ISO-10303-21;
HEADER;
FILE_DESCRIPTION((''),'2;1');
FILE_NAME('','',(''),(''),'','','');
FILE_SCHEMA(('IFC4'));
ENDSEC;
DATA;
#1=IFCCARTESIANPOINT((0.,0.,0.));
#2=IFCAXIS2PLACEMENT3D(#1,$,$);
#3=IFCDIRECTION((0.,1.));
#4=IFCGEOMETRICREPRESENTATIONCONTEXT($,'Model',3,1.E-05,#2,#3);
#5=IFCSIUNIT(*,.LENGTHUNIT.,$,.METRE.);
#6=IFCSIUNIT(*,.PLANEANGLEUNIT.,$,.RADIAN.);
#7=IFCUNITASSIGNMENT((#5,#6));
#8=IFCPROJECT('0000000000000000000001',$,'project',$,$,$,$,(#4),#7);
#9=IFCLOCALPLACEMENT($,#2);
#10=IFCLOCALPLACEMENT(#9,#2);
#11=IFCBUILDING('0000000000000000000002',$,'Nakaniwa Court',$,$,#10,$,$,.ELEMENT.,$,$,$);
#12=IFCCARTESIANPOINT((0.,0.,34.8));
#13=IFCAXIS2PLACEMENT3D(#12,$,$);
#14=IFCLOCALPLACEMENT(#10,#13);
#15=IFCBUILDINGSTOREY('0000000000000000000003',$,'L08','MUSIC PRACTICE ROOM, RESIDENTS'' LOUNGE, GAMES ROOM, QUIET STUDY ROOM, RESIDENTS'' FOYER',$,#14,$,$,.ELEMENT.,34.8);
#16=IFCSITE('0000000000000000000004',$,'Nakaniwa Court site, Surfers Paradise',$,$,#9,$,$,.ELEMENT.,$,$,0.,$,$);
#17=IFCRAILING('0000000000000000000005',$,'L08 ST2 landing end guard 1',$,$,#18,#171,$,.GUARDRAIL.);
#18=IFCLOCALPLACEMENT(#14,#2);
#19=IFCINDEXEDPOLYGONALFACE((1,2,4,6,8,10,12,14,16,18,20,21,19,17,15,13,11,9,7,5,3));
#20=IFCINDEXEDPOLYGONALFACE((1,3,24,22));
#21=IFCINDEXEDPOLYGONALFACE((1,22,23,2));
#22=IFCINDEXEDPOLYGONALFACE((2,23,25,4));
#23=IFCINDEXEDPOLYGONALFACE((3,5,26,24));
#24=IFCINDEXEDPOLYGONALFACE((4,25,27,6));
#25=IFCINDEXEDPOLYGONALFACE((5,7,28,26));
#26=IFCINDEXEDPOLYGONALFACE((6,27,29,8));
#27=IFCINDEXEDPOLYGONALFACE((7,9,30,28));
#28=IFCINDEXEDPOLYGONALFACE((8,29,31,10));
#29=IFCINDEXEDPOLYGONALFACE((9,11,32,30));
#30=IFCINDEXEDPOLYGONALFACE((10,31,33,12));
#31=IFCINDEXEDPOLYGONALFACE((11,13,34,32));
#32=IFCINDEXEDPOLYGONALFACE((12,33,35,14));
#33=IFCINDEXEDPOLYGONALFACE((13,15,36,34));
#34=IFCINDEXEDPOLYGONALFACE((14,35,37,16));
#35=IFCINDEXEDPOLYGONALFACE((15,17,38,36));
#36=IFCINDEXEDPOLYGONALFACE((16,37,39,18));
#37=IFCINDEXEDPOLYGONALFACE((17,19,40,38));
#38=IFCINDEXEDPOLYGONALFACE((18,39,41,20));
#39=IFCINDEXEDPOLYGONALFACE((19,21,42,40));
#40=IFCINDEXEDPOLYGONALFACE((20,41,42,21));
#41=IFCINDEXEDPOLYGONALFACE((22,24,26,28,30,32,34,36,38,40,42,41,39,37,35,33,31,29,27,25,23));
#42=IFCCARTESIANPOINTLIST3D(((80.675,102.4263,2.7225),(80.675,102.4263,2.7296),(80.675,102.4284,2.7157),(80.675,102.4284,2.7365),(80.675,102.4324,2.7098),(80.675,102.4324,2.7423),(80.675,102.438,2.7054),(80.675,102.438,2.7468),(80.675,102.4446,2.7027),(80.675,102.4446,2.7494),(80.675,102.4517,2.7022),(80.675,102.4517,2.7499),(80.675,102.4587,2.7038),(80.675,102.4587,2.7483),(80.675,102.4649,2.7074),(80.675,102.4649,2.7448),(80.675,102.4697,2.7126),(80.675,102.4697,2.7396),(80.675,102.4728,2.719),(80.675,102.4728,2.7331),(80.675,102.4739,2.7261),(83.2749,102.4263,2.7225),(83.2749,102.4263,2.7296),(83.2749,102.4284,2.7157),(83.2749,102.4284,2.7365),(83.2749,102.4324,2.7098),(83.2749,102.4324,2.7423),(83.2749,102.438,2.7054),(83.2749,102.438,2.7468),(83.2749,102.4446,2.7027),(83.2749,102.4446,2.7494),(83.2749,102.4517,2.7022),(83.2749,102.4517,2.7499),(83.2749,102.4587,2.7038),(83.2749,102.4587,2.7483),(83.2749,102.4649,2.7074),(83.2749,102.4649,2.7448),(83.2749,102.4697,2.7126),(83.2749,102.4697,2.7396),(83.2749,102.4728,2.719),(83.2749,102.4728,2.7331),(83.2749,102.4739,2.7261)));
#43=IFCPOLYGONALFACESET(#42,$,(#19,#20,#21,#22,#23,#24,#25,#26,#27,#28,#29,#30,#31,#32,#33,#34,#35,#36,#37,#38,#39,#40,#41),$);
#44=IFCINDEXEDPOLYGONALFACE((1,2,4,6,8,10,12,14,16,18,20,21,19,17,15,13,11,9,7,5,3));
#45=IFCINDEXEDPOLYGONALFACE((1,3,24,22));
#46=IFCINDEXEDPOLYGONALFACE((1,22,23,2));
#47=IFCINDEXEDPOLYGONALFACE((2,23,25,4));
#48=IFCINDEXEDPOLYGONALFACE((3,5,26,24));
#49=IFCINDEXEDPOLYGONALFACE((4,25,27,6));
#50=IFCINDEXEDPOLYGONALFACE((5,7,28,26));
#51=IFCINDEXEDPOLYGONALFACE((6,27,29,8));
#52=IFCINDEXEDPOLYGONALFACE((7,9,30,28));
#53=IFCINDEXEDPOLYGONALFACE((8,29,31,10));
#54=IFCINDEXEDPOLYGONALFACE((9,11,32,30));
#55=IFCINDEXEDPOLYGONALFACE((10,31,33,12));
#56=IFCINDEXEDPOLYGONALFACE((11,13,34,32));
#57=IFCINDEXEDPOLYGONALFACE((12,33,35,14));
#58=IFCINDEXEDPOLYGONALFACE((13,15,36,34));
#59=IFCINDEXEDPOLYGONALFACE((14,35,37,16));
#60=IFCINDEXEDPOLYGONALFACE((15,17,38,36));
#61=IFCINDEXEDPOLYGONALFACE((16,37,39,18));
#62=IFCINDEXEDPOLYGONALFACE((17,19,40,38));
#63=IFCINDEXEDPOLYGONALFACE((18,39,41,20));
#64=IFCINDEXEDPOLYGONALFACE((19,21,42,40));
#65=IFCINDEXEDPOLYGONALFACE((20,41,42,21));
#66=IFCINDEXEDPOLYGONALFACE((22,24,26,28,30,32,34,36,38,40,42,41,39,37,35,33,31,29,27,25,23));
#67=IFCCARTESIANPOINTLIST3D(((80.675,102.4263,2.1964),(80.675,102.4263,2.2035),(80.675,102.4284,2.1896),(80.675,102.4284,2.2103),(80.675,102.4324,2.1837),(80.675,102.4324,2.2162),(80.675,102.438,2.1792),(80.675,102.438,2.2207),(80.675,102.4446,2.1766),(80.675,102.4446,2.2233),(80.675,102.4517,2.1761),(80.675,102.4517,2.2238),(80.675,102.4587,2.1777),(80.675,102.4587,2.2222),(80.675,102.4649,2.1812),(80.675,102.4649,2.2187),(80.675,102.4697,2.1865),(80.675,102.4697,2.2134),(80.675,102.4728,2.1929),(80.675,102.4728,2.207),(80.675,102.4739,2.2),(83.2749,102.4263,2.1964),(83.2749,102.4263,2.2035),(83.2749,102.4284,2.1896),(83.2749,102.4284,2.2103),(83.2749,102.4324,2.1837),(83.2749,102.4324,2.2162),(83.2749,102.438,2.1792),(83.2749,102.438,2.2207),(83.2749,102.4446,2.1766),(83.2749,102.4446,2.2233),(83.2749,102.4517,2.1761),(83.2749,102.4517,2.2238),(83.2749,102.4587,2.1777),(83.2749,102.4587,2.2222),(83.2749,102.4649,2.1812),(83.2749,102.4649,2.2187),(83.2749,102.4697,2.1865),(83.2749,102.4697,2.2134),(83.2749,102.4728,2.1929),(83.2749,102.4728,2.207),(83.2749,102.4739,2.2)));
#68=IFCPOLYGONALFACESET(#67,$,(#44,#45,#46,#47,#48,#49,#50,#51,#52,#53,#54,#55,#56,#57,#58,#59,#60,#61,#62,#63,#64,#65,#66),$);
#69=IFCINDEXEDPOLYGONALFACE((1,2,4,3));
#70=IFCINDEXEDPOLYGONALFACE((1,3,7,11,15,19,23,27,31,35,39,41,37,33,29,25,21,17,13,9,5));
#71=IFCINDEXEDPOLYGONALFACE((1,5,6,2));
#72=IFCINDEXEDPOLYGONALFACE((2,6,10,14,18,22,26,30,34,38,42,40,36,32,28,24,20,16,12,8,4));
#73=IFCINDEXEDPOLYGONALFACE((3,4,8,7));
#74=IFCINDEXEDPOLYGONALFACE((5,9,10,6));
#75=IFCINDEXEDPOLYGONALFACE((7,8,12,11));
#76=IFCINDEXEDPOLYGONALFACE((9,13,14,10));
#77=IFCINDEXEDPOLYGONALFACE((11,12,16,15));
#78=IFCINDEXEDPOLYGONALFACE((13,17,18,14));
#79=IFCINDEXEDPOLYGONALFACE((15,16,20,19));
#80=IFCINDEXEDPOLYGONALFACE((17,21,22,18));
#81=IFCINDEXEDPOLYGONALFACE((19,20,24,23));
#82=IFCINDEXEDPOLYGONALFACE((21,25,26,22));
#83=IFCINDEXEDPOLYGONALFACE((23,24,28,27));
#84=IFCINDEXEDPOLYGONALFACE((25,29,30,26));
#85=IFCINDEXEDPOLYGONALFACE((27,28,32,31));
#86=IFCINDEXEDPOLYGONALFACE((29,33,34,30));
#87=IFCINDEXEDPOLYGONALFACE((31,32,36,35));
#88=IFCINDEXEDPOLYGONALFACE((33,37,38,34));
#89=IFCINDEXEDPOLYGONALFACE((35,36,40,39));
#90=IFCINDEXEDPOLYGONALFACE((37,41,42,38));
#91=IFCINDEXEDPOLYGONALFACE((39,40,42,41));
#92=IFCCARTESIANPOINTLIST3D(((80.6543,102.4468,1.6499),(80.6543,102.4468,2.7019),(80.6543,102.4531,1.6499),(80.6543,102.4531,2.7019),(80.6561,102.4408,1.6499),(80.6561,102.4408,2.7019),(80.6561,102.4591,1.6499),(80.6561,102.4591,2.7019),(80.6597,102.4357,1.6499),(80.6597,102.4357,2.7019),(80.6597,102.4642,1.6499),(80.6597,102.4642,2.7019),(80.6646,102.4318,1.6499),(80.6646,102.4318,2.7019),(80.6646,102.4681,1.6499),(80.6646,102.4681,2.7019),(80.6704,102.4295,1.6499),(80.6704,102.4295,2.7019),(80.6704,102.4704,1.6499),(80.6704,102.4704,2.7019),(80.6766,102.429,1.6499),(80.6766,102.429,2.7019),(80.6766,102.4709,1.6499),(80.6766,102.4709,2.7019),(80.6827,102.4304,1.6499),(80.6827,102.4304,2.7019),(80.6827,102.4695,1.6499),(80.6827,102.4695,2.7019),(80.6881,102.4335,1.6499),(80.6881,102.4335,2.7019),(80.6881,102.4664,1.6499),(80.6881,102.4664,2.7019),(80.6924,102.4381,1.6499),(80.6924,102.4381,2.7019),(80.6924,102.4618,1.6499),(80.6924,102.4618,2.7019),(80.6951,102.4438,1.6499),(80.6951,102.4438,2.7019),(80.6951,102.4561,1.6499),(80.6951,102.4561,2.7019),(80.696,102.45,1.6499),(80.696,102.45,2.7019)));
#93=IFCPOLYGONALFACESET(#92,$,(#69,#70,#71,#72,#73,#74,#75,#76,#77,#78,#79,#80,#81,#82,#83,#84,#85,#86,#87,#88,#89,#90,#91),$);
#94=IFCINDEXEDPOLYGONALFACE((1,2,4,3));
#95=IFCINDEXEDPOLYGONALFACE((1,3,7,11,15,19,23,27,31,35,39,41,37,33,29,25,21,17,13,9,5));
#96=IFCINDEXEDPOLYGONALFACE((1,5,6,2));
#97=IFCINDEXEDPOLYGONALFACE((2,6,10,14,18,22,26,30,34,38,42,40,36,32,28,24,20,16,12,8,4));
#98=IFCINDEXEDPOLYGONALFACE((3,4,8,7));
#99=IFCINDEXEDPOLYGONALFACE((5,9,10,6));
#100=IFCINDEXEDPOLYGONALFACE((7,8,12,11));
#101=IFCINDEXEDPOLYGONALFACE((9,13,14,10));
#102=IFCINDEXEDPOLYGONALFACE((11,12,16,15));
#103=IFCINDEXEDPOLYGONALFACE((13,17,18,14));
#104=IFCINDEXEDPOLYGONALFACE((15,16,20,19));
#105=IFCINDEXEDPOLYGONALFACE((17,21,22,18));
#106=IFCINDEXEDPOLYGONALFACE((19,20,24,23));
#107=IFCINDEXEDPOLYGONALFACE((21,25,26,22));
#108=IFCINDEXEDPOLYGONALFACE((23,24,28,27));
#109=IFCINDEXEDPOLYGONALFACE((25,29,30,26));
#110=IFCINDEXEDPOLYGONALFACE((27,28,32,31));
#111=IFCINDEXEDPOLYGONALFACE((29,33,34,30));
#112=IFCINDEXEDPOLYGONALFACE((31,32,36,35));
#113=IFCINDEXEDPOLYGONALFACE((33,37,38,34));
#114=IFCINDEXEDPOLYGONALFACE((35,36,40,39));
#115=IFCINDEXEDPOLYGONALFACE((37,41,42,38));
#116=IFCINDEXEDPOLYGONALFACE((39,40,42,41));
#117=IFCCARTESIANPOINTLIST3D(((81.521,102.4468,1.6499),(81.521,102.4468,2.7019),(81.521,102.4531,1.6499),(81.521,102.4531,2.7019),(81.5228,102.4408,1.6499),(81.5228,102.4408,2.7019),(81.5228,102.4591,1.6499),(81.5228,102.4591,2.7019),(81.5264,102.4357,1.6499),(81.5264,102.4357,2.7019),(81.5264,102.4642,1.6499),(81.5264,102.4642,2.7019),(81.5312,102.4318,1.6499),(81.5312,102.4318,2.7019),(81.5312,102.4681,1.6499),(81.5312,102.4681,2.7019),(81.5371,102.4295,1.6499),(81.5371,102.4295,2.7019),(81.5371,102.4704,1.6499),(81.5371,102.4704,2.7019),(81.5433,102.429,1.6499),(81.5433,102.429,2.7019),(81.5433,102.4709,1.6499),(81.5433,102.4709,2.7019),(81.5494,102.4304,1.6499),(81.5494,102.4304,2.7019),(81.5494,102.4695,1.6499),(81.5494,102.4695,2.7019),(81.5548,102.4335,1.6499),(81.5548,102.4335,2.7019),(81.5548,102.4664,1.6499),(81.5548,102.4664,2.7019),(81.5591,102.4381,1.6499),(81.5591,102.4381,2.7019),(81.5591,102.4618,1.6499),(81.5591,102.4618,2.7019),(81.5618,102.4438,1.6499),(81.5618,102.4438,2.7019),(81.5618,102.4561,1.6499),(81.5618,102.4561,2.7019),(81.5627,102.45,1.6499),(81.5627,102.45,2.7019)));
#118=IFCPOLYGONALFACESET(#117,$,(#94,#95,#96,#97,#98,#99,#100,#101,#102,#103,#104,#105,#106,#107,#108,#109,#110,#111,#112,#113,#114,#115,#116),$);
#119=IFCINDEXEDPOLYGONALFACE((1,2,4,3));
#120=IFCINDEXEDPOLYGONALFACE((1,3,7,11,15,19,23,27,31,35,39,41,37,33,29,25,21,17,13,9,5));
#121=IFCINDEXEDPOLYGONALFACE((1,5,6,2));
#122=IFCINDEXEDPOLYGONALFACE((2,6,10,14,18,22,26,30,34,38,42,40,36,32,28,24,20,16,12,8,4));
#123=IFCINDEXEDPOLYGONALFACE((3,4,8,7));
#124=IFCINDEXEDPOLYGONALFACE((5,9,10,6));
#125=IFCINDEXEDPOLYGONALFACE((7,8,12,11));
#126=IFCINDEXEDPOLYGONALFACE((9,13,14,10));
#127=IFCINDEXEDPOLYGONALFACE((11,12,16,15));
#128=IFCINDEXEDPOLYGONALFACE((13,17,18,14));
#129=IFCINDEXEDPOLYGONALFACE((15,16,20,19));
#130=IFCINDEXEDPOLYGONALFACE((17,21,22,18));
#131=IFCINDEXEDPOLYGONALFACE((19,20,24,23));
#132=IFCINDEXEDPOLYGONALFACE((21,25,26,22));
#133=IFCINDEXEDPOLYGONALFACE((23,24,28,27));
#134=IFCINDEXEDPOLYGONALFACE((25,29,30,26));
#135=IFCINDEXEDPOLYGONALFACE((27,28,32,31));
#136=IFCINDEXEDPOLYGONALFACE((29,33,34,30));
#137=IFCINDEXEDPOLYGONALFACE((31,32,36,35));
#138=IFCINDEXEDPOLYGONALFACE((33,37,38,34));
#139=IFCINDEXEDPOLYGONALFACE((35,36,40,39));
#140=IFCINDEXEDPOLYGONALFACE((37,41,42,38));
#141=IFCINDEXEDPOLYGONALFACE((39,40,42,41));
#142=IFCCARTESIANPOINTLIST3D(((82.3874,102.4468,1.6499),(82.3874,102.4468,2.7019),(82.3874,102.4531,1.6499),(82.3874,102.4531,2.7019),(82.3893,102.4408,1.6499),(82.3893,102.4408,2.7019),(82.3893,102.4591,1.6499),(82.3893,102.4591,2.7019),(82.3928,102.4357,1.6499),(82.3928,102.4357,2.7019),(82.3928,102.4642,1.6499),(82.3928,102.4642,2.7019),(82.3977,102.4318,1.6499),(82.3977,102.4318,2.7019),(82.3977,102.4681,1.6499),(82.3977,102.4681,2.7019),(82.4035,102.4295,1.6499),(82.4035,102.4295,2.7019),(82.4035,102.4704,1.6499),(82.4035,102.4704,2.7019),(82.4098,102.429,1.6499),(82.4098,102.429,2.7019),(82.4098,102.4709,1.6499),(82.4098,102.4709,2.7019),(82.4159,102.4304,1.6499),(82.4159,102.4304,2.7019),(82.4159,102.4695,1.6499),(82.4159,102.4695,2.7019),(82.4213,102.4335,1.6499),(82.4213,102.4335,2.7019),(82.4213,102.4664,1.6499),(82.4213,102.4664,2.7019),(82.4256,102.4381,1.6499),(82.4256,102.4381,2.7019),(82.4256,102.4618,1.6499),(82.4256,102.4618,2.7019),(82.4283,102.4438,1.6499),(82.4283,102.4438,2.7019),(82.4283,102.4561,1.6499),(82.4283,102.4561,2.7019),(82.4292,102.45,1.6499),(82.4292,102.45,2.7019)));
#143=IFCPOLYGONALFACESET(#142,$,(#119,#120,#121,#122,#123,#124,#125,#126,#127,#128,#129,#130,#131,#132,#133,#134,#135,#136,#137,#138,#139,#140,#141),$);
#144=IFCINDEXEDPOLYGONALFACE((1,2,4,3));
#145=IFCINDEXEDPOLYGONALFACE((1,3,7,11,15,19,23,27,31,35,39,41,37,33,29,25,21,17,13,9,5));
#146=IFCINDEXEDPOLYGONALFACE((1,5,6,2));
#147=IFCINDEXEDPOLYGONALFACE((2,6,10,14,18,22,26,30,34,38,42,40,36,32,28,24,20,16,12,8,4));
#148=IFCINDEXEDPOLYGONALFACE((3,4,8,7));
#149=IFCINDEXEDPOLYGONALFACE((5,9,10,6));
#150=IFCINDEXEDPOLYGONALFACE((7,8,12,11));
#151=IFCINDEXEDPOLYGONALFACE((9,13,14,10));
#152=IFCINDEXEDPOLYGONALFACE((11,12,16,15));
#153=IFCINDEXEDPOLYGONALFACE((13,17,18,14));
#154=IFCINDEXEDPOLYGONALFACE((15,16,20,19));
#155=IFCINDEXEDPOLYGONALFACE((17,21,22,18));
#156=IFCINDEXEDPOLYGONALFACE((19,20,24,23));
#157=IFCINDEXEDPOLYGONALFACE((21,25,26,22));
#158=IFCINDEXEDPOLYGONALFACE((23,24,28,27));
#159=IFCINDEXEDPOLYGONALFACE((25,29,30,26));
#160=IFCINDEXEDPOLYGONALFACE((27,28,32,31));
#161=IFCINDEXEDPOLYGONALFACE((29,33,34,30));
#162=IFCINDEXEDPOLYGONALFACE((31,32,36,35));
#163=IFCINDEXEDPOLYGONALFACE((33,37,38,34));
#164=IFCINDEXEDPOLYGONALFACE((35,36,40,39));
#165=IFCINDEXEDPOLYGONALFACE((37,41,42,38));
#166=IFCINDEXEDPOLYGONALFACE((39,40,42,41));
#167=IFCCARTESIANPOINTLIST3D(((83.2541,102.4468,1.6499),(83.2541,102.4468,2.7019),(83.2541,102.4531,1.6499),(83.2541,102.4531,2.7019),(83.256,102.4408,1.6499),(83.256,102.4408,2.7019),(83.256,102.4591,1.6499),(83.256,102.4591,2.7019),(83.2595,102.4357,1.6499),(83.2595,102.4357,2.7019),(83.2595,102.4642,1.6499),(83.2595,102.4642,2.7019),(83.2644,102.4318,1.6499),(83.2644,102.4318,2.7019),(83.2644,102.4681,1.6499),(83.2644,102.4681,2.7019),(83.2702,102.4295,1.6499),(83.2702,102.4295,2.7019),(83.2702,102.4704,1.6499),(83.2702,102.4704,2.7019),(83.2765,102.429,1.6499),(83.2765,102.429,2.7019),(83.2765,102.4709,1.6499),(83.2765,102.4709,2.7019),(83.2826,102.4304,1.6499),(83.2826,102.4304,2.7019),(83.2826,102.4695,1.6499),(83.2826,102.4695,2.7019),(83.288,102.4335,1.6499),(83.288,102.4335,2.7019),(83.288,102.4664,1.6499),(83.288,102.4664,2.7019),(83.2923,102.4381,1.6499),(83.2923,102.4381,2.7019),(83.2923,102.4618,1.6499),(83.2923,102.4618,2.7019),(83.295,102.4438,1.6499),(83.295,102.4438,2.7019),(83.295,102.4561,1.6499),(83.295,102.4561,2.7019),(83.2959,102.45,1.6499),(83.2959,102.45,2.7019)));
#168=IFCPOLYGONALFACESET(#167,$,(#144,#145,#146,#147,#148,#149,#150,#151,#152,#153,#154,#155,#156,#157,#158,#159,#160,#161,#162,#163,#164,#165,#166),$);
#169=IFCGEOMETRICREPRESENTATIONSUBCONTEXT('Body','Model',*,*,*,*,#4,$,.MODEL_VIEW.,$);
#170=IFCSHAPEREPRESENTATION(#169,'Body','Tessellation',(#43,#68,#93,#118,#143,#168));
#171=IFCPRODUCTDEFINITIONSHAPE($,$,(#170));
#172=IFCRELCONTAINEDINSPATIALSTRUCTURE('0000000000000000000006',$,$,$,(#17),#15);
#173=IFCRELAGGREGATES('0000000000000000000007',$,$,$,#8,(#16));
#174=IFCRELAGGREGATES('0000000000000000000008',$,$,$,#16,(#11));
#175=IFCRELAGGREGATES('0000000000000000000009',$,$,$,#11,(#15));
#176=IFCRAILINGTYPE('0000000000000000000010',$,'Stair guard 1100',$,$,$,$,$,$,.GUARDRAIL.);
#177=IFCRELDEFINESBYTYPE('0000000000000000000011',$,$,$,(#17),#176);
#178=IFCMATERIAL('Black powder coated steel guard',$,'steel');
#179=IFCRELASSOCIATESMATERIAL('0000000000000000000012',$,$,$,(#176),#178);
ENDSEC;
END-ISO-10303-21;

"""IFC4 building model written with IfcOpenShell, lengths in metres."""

from ifc_helpers import new_model, si_unit, direction, frame, origin, origin_2d, place, context, subcontext, project, spatial, circle, extrude, material, type_object, element, save


model = new_model("IFC4")

# Units and contexts
model_context = context("Model", 3, precision=1e-05, world=origin(), true_north=direction((0.0, 1.0)))
body_context = subcontext(model_context, "Body", "Model", "MODEL_VIEW")
ifc_project = project(units=[si_unit("LENGTHUNIT", "METRE"), si_unit("PLANEANGLEUNIT", "RADIAN")], contexts=[model_context])

# Site, building, storey
site_placement = place(None, origin())
site = spatial("IfcSite", under=ifc_project, at=site_placement, Name="Nakaniwa Court site, Surfers Paradise", CompositionType="ELEMENT", RefElevation=0.0)
building_placement = place(site_placement, origin())
building = spatial("IfcBuilding", under=site, at=building_placement, Name="Nakaniwa Court", CompositionType="ELEMENT")
storey_placement = place(building_placement, frame((0.0, 0.0, 34.8)))
storey = spatial("IfcBuildingStorey", under=building, at=storey_placement, Name="L08", Description="MUSIC PRACTICE ROOM, RESIDENTS' LOUNGE, GAMES ROOM, QUIET STUDY ROOM, RESIDENTS' FOYER", CompositionType="ELEMENT", Elevation=34.8)

# Railing
ifc_material_1 = material(Name="Black powder coated steel guard", Category="steel")
railing_type_1 = type_object("IfcRailingType", Name="Stair guard 1100", PredefinedType="GUARDRAIL", material=ifc_material_1)
railing_1_placement = place(storey_placement, frame((80.675, 102.45, 1.6499)))
element("IfcRailing", 1, at=railing_1_placement, inside=storey, type_object=railing_type_1, Name="L08 ST2 landing end guard 1", PredefinedType="GUARDRAIL", context=body_context, shape_type="SweptSolid", body=[
    extrude(circle(Radius=0.0239, at=origin_2d()), frame((0.0, 0.0, 1.0762), z_axis=(1.0, 0.0, 0.0), x_axis=(0.0, 1.0, 0.0)), (0.0, 0.0, 1.0), 2.5999),
    extrude(circle(Radius=0.0239, at=origin_2d()), frame((0.0, 0.0, 0.55), z_axis=(1.0, 0.0, 0.0), x_axis=(0.0, 1.0, 0.0)), (0.0, 0.0, 1.0), 2.5999),
    extrude(circle(Radius=0.021, at=origin_2d()), origin(), (0.0, 0.0, 1.0), 1.052),
    extrude(circle(Radius=0.021, at=origin_2d()), frame((0.8667, 0.0, 0.0)), (0.0, 0.0, 1.0), 1.052),
    extrude(circle(Radius=0.021, at=origin_2d()), frame((1.7332, 0.0, 0.0)), (0.0, 0.0, 1.0), 1.052),
    extrude(circle(Radius=0.021, at=origin_2d()), frame((2.5999, 0.0, 0.0)), (0.0, 0.0, 1.0), 1.052),
])

save(model, "model.ifc")
